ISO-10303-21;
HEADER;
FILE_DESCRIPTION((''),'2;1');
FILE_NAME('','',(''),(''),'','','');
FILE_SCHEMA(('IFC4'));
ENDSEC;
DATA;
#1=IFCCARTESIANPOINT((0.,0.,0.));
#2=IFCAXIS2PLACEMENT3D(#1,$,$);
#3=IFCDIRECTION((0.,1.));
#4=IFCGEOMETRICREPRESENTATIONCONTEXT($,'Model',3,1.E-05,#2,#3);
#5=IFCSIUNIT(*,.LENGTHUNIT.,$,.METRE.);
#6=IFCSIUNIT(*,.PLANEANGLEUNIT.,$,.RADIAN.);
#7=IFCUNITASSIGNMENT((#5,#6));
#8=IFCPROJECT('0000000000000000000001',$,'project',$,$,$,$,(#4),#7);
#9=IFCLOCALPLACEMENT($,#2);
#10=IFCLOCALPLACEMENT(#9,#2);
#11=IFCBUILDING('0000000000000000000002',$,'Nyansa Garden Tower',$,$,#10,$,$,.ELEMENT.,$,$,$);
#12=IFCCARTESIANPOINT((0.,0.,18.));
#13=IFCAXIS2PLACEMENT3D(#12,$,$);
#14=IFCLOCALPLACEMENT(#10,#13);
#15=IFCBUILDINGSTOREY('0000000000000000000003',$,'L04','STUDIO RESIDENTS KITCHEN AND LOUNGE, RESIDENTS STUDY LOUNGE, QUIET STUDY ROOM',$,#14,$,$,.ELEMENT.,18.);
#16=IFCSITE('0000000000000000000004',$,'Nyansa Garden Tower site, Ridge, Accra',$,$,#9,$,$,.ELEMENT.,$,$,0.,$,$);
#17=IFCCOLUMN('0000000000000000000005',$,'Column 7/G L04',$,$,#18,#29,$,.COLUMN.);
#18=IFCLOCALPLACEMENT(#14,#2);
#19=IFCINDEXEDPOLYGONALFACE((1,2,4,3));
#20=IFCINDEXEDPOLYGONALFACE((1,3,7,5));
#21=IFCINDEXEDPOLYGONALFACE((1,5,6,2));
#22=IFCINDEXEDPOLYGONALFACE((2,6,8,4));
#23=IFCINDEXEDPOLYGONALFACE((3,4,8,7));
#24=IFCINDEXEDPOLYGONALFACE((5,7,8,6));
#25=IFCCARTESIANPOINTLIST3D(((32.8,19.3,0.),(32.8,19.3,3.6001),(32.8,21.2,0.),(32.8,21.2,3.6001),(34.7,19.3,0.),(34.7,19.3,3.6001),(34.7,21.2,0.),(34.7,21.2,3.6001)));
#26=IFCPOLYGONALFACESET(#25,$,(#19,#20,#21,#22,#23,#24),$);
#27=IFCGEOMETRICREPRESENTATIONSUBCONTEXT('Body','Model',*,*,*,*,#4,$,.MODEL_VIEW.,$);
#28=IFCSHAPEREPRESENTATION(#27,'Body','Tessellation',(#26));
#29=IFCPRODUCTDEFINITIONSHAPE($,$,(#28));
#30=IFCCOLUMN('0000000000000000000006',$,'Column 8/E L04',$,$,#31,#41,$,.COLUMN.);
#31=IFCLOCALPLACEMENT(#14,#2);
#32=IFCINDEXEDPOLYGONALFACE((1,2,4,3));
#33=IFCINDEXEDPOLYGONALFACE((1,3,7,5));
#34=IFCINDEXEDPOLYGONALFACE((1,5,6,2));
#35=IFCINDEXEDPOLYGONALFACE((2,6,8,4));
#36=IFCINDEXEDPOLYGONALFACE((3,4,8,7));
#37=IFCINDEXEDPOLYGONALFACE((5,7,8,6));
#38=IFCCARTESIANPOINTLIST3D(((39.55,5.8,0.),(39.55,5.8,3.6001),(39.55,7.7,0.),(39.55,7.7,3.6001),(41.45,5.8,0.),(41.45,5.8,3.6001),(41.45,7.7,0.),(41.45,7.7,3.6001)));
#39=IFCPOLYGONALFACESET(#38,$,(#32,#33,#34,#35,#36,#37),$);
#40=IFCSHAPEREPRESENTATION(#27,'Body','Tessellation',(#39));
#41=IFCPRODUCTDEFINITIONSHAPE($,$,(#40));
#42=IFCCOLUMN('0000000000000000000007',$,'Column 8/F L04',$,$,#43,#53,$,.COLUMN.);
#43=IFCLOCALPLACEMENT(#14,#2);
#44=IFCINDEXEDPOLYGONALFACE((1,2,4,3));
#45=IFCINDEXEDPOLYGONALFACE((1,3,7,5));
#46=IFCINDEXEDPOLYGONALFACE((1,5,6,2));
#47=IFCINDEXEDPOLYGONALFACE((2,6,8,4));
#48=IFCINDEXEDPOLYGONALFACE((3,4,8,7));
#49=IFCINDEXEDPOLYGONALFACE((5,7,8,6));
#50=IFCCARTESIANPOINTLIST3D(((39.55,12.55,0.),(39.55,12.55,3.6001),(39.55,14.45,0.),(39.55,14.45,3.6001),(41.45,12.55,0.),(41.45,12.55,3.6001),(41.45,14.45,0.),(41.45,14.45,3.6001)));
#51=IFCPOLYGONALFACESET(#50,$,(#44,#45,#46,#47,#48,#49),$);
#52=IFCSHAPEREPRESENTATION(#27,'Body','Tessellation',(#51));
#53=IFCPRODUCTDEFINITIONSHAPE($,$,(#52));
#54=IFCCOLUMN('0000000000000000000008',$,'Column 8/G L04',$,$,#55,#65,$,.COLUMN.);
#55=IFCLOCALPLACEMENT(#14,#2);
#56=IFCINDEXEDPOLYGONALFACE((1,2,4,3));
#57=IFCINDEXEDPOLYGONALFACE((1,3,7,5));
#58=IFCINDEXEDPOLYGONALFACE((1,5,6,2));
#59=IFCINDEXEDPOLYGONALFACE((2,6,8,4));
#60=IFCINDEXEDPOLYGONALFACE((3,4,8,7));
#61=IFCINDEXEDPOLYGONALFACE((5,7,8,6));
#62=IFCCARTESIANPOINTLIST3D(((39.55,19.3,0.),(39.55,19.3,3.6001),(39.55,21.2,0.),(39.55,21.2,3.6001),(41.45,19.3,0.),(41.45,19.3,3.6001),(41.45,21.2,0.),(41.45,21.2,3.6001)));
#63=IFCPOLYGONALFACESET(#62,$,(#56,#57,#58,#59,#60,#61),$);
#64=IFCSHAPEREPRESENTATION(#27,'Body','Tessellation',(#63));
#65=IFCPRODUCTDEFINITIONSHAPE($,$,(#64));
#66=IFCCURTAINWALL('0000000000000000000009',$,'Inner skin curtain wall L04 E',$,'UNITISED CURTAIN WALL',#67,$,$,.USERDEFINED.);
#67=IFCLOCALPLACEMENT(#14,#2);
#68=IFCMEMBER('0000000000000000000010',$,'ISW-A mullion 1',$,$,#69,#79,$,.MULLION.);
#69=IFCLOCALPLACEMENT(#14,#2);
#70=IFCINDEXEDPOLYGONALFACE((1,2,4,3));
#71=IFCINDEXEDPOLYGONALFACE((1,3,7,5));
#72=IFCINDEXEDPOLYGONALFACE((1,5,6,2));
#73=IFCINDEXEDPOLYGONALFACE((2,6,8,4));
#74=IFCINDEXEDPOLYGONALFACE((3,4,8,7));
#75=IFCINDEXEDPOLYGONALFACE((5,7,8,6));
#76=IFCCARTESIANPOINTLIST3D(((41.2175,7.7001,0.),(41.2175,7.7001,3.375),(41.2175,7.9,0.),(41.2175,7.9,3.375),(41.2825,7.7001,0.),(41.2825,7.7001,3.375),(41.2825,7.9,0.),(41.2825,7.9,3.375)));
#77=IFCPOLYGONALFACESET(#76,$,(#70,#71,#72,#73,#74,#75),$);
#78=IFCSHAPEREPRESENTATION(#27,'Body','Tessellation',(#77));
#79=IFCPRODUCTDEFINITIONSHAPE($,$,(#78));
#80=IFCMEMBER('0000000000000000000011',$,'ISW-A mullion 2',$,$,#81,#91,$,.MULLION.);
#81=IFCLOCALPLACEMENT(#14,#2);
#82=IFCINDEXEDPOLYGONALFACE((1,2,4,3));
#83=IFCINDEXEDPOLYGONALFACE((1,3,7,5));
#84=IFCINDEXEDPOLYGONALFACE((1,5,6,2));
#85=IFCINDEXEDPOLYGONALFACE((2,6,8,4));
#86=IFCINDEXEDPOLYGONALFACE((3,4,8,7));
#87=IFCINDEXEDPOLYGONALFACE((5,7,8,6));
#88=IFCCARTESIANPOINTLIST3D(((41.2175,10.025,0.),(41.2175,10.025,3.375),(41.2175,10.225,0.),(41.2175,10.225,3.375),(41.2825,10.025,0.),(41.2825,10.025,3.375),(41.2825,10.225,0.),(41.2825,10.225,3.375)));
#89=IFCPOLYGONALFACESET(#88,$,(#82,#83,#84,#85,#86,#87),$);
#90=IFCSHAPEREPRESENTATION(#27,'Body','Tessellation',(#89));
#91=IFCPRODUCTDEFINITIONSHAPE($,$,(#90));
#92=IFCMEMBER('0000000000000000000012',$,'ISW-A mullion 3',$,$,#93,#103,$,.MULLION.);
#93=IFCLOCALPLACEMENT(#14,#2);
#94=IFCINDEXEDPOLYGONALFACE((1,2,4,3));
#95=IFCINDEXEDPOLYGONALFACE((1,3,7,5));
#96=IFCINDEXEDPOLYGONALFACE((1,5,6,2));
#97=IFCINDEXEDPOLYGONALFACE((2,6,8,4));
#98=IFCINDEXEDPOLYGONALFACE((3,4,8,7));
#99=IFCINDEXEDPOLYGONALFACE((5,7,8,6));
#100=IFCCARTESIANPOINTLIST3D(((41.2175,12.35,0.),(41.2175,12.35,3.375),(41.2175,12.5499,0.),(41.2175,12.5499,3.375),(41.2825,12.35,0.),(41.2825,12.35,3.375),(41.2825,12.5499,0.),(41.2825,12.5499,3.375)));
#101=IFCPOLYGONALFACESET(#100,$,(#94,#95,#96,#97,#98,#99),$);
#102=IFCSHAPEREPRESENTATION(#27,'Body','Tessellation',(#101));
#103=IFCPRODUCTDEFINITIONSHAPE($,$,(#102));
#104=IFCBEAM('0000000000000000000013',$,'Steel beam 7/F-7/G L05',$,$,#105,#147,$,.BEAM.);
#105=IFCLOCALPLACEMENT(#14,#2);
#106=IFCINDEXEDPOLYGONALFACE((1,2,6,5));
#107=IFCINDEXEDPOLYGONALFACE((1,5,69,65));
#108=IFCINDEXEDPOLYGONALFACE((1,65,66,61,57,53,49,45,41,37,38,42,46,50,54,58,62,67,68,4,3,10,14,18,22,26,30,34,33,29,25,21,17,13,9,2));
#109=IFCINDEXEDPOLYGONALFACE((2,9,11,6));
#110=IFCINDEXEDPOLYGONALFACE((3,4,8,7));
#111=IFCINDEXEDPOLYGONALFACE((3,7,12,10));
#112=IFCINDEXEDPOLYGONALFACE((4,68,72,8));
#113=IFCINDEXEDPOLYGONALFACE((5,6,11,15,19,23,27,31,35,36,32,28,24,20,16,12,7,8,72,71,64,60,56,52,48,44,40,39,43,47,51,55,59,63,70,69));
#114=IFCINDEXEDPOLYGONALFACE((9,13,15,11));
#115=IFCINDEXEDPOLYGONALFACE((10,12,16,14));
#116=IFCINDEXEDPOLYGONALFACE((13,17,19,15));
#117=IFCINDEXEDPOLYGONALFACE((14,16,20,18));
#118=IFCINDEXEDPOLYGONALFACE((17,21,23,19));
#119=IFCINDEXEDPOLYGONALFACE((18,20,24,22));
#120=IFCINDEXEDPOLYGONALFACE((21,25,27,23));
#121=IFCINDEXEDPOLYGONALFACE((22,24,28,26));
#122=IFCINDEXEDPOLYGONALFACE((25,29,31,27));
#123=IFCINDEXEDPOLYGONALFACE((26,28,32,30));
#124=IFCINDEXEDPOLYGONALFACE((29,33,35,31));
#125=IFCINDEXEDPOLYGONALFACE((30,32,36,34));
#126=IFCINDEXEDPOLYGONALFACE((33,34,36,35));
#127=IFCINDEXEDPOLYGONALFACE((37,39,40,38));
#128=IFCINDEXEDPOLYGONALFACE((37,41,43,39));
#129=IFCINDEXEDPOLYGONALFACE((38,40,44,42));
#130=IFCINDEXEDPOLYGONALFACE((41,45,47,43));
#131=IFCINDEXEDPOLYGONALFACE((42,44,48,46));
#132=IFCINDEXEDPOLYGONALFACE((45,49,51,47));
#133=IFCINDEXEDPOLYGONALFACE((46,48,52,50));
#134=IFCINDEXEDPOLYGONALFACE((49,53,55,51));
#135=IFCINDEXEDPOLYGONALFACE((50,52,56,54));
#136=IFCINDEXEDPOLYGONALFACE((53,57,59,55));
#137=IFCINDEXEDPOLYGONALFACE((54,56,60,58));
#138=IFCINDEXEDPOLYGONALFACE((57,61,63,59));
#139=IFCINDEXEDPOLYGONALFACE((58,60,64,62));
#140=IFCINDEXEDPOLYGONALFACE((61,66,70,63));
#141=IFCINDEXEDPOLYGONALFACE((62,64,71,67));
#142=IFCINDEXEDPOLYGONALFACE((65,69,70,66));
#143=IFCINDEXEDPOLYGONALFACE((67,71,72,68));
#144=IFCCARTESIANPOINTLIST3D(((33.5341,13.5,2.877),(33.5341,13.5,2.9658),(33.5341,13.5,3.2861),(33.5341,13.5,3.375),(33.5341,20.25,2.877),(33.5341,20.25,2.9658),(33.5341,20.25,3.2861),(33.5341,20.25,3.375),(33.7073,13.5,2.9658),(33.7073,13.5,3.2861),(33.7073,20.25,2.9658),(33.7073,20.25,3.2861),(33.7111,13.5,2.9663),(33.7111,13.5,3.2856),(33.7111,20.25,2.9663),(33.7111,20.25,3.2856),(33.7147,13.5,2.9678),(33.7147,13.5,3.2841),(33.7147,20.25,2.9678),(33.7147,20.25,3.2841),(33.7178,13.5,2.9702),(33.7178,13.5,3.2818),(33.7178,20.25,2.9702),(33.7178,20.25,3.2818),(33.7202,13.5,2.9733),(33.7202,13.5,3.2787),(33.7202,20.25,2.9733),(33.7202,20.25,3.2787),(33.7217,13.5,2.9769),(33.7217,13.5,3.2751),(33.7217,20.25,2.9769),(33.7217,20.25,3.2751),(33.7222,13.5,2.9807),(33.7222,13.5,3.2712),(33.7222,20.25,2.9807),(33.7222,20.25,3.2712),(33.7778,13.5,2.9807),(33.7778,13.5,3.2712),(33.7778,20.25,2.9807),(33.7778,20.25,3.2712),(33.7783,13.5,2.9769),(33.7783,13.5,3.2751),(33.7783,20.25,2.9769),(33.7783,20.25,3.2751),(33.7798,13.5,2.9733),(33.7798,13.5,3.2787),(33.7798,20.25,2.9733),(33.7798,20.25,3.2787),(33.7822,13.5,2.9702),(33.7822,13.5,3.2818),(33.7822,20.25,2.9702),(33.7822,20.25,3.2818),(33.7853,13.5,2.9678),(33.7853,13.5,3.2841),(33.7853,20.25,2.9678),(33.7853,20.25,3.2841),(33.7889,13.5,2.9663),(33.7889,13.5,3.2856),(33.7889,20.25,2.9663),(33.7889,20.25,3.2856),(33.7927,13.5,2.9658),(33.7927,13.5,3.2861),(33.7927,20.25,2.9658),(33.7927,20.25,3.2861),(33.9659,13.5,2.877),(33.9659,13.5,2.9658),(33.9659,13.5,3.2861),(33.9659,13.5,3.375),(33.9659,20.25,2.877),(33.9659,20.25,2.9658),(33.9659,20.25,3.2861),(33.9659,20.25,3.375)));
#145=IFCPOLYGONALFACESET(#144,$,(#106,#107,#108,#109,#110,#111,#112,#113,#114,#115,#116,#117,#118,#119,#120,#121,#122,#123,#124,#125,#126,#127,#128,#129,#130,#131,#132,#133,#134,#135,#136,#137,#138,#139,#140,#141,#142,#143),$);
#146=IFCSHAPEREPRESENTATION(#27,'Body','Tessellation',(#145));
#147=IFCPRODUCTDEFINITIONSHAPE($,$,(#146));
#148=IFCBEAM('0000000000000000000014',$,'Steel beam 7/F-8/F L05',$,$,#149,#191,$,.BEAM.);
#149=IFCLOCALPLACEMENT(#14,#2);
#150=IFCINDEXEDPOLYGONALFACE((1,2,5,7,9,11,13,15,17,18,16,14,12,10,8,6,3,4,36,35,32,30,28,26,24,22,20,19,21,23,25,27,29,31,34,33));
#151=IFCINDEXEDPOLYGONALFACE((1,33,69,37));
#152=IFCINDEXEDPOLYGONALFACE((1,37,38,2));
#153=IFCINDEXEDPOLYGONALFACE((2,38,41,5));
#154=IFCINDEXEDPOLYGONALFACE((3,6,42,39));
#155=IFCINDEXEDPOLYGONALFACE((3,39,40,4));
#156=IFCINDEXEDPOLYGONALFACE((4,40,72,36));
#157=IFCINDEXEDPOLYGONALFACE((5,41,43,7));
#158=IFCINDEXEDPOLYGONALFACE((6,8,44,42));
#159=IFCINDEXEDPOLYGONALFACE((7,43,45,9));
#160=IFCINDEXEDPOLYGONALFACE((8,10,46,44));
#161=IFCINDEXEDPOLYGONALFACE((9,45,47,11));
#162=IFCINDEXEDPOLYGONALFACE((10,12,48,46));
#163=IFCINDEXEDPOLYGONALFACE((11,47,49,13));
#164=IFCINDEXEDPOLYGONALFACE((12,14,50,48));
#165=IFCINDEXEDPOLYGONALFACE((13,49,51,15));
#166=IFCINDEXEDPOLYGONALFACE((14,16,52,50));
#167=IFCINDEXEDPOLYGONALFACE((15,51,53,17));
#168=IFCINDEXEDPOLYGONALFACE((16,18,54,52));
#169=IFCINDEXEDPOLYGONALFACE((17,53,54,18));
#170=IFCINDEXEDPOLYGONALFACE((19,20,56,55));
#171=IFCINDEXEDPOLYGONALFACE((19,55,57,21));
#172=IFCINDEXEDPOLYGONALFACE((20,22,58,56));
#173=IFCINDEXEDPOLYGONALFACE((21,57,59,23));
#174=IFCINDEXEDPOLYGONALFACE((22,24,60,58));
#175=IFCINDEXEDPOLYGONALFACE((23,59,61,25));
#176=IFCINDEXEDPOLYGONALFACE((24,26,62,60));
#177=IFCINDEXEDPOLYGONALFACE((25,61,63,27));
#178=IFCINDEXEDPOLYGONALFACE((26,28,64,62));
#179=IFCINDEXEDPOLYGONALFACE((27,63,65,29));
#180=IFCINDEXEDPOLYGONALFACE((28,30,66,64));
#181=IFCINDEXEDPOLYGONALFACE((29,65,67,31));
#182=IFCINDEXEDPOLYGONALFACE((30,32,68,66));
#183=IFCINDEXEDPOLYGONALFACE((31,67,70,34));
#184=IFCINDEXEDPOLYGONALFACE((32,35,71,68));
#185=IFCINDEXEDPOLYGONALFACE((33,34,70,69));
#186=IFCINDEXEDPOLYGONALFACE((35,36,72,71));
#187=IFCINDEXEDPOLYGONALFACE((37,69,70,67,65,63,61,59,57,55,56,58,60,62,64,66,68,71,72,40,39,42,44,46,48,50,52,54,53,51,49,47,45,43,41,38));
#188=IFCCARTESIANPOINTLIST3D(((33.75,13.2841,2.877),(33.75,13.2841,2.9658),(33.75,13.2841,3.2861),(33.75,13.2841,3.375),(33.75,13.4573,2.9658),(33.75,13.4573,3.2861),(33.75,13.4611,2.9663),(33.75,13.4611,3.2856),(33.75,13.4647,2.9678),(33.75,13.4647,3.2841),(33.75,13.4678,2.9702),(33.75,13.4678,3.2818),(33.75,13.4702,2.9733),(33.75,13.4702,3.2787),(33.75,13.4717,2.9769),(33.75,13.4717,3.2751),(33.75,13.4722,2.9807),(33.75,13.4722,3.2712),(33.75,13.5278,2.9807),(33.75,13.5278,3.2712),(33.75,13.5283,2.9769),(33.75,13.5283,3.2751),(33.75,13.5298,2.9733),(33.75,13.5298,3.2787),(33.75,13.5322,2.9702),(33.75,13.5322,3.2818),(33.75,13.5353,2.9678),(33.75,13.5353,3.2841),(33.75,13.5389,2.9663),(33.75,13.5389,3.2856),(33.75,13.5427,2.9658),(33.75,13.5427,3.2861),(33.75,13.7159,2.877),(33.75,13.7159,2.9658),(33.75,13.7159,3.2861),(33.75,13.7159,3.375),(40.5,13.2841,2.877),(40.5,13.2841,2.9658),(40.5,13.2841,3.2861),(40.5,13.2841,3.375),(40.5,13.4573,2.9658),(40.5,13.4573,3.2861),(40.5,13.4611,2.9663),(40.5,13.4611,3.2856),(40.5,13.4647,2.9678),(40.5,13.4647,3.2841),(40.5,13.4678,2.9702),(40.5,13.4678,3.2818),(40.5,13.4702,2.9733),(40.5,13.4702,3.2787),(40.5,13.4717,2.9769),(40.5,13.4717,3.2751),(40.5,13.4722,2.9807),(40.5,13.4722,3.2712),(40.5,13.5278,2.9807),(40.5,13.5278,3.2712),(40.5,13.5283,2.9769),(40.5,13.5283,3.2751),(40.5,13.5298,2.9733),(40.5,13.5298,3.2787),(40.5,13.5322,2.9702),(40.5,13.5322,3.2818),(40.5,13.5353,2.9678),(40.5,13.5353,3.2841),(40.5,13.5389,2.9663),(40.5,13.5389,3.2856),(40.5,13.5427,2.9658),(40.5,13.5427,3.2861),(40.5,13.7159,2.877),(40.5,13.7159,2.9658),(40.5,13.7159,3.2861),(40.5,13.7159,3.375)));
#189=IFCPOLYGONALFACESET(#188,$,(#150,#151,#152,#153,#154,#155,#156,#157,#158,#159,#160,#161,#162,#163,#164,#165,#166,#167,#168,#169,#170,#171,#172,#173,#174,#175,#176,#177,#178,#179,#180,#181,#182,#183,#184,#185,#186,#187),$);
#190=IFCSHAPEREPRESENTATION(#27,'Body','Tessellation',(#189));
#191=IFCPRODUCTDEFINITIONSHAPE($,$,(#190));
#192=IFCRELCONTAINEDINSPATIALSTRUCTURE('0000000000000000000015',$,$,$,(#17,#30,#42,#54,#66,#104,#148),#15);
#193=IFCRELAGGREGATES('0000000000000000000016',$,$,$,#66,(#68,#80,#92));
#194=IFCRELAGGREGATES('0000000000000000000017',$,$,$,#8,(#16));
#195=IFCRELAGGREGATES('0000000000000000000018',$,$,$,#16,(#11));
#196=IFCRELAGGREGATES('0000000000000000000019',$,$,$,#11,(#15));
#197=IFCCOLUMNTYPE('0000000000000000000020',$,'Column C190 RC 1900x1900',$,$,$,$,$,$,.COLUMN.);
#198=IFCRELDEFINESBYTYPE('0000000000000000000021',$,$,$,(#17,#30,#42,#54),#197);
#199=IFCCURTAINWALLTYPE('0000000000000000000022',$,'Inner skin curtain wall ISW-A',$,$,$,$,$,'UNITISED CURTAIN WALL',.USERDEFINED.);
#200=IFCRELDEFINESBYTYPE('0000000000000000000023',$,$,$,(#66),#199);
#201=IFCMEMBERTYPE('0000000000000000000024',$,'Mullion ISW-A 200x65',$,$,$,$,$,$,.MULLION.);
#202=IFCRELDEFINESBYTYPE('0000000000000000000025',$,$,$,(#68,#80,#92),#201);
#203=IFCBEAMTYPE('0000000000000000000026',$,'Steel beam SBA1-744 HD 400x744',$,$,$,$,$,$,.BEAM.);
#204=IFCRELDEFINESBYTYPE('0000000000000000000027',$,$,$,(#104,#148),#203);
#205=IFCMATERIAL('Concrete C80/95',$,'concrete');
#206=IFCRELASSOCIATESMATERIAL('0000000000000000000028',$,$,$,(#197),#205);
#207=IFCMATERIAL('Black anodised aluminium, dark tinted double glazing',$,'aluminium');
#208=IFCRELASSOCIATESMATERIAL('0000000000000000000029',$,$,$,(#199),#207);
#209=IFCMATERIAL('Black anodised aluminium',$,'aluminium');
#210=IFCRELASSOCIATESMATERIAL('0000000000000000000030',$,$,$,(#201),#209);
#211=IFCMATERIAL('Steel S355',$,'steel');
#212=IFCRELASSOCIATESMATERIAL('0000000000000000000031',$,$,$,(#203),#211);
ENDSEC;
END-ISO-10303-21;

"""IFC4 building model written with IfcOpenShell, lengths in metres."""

from ifc_helpers import new_model, si_unit, direction, frame, origin, origin_2d, place, context, subcontext, project, spatial, rectangle, i_section, extrude, material, material_profile, profile_set, type_object, element, aggregate, save


model = new_model("IFC4")

# Units and contexts
model_context = context("Model", 3, precision=1e-05, world=origin(), true_north=direction((0.0, 1.0)))
body_context = subcontext(model_context, "Body", "Model", "MODEL_VIEW")
ifc_project = project(units=[si_unit("LENGTHUNIT", "METRE"), si_unit("PLANEANGLEUNIT", "RADIAN")], contexts=[model_context])

# Site, building, storey
site_placement = place(None, origin())
site = spatial("IfcSite", under=ifc_project, at=site_placement, Name="Nyansa Garden Tower site, Ridge, Accra", CompositionType="ELEMENT", RefElevation=0.0)
building_placement = place(site_placement, origin())
building = spatial("IfcBuilding", under=site, at=building_placement, Name="Nyansa Garden Tower", CompositionType="ELEMENT")
storey_placement = place(building_placement, frame((0.0, 0.0, 18.0)))
storey = spatial("IfcBuildingStorey", under=building, at=storey_placement, Name="L04", Description="STUDIO RESIDENTS KITCHEN AND LOUNGE, RESIDENTS STUDY LOUNGE, QUIET STUDY ROOM", CompositionType="ELEMENT", Elevation=18.0)

# Columns
ifc_material_1 = material(Name="Concrete C80/95", Category="concrete")
ifc_material_profile_1 = material_profile(ifc_material_1, rectangle(XDim=1.8999, YDim=1.8999, at=origin_2d()), Name="RC 1900x1900")
ifc_profile_set_1 = profile_set([ifc_material_profile_1], Name="Concrete C80/95")
column_type = type_object("IfcColumnType", Name="Column C190 RC 1900x1900", PredefinedType="COLUMN", material=ifc_profile_set_1)
for number, where, z_axis, x_axis, name in (
    (1, (33.75, 20.25, 0.0), (0.0, 0.0, 1.0), (1.0, 0.0, 0.0), "Column 7/G L04"),
    (2, (40.5, 6.75, 0.0), (0.0, 0.0, 1.0), (1.0, 0.0, 0.0), "Column 8/E L04"),
    (3, (40.5, 13.5, 0.0), (0.0, 0.0, 1.0), (1.0, 0.0, 0.0), "Column 8/F L04"),
    (4, (40.5, 20.25, 0.0), (0.0, 0.0, 1.0), (1.0, 0.0, 0.0), "Column 8/G L04"),
):
    element("IfcColumn", number, at=place(storey_placement, frame(where, z_axis=z_axis, x_axis=x_axis)), inside=storey, type_object=column_type, Name=name, PredefinedType="COLUMN", context=body_context, shape_type="SweptSolid", body=[
        extrude(rectangle(XDim=1.8999, YDim=1.8999, at=origin_2d()), origin(), (0.0, 0.0, 1.0), 3.6001),
    ])

# Curtain wall, members
ifc_material_2 = material(Name="Black anodised aluminium, dark tinted double glazing", Category="aluminium")
curtain_wall_type = type_object("IfcCurtainWallType", Name="Inner skin curtain wall ISW-A", ElementType="UNITISED CURTAIN WALL", PredefinedType="USERDEFINED", material=ifc_material_2)
curtain_wall_placement = place(storey_placement, origin())
curtain_wall = element("IfcCurtainWall", 5, at=curtain_wall_placement, inside=storey, type_object=curtain_wall_type, Name="Inner skin curtain wall L04 E", ObjectType="UNITISED CURTAIN WALL", PredefinedType="USERDEFINED")
ifc_material_3 = material(Name="Black anodised aluminium", Category="aluminium")
ifc_material_profile_2 = material_profile(ifc_material_3, rectangle(XDim=0.0649, YDim=0.2, at=origin_2d()), Name="Mullion 200x65")
ifc_profile_set_2 = profile_set([ifc_material_profile_2], Name="Black anodised aluminium")
member_type_1 = type_object("IfcMemberType", Name="Mullion ISW-A 200x65", PredefinedType="MULLION", material=ifc_profile_set_2)
member_1_placement = place(storey_placement, frame((41.25, 7.8, 0.0), z_axis=(0.0, 0.0, 1.0), x_axis=(-1.0, 0.0, 0.0)))
member_1 = element("IfcMember", 6, at=member_1_placement, type_object=member_type_1, Name="ISW-A mullion 1", PredefinedType="MULLION", context=body_context, shape_type="SweptSolid", body=[
    extrude(rectangle(XDim=0.0649, YDim=0.2, at=origin_2d()), origin(), (0.0, 0.0, 1.0), 3.375),
])
member_2_placement = place(storey_placement, frame((41.25, 10.125, 0.0), z_axis=(0.0, 0.0, 1.0), x_axis=(-1.0, 0.0, 0.0)))
member_2 = element("IfcMember", 7, at=member_2_placement, type_object=member_type_1, Name="ISW-A mullion 2", PredefinedType="MULLION", context=body_context, shape_type="SweptSolid", body=[
    extrude(rectangle(XDim=0.0649, YDim=0.2, at=origin_2d()), origin(), (0.0, 0.0, 1.0), 3.375),
])
member_3_placement = place(storey_placement, frame((41.25, 12.45, 0.0), z_axis=(0.0, 0.0, 1.0), x_axis=(-1.0, 0.0, 0.0)))
member_3 = element("IfcMember", 8, at=member_3_placement, type_object=member_type_1, Name="ISW-A mullion 3", PredefinedType="MULLION", context=body_context, shape_type="SweptSolid", body=[
    extrude(rectangle(XDim=0.0649, YDim=0.2, at=origin_2d()), origin(), (0.0, 0.0, 1.0), 3.375),
])

# Beams
ifc_material_4 = material(Name="Steel S355", Category="steel")
ifc_material_profile_3 = material_profile(ifc_material_4, i_section(OverallWidth=0.4319, OverallDepth=0.498, WebThickness=0.0557, FlangeThickness=0.0889, FilletRadius=0.0149, at=origin_2d()), Name="HD 400x744")
ifc_profile_set_3 = profile_set([ifc_material_profile_3], Name="Steel S355")
beam_type_1 = type_object("IfcBeamType", Name="Steel beam SBA1-744 HD 400x744", PredefinedType="BEAM", material=ifc_profile_set_3)
for number, where, z_axis, x_axis, name in (
    (9, (33.75, 13.5, 3.126), (0.0, 1.0, 0.0), (-1.0, 0.0, 0.0), "Steel beam 7/F-7/G L05"),
    (10, (33.75, 13.5, 3.126), (1.0, 0.0, 0.0), (0.0, 1.0, 0.0), "Steel beam 7/F-8/F L05"),
):
    element("IfcBeam", number, at=place(storey_placement, frame(where, z_axis=z_axis, x_axis=x_axis)), inside=storey, type_object=beam_type_1, Name=name, PredefinedType="BEAM", context=body_context, shape_type="SweptSolid", body=[
        extrude(i_section(OverallWidth=0.4319, OverallDepth=0.498, WebThickness=0.0557, FlangeThickness=0.0889, FilletRadius=0.0149, at=origin_2d()), origin(), (0.0, 0.0, 1.0), 6.75),
    ])

aggregate(curtain_wall, [member_1, member_2, member_3])

save(model, "model.ifc")
